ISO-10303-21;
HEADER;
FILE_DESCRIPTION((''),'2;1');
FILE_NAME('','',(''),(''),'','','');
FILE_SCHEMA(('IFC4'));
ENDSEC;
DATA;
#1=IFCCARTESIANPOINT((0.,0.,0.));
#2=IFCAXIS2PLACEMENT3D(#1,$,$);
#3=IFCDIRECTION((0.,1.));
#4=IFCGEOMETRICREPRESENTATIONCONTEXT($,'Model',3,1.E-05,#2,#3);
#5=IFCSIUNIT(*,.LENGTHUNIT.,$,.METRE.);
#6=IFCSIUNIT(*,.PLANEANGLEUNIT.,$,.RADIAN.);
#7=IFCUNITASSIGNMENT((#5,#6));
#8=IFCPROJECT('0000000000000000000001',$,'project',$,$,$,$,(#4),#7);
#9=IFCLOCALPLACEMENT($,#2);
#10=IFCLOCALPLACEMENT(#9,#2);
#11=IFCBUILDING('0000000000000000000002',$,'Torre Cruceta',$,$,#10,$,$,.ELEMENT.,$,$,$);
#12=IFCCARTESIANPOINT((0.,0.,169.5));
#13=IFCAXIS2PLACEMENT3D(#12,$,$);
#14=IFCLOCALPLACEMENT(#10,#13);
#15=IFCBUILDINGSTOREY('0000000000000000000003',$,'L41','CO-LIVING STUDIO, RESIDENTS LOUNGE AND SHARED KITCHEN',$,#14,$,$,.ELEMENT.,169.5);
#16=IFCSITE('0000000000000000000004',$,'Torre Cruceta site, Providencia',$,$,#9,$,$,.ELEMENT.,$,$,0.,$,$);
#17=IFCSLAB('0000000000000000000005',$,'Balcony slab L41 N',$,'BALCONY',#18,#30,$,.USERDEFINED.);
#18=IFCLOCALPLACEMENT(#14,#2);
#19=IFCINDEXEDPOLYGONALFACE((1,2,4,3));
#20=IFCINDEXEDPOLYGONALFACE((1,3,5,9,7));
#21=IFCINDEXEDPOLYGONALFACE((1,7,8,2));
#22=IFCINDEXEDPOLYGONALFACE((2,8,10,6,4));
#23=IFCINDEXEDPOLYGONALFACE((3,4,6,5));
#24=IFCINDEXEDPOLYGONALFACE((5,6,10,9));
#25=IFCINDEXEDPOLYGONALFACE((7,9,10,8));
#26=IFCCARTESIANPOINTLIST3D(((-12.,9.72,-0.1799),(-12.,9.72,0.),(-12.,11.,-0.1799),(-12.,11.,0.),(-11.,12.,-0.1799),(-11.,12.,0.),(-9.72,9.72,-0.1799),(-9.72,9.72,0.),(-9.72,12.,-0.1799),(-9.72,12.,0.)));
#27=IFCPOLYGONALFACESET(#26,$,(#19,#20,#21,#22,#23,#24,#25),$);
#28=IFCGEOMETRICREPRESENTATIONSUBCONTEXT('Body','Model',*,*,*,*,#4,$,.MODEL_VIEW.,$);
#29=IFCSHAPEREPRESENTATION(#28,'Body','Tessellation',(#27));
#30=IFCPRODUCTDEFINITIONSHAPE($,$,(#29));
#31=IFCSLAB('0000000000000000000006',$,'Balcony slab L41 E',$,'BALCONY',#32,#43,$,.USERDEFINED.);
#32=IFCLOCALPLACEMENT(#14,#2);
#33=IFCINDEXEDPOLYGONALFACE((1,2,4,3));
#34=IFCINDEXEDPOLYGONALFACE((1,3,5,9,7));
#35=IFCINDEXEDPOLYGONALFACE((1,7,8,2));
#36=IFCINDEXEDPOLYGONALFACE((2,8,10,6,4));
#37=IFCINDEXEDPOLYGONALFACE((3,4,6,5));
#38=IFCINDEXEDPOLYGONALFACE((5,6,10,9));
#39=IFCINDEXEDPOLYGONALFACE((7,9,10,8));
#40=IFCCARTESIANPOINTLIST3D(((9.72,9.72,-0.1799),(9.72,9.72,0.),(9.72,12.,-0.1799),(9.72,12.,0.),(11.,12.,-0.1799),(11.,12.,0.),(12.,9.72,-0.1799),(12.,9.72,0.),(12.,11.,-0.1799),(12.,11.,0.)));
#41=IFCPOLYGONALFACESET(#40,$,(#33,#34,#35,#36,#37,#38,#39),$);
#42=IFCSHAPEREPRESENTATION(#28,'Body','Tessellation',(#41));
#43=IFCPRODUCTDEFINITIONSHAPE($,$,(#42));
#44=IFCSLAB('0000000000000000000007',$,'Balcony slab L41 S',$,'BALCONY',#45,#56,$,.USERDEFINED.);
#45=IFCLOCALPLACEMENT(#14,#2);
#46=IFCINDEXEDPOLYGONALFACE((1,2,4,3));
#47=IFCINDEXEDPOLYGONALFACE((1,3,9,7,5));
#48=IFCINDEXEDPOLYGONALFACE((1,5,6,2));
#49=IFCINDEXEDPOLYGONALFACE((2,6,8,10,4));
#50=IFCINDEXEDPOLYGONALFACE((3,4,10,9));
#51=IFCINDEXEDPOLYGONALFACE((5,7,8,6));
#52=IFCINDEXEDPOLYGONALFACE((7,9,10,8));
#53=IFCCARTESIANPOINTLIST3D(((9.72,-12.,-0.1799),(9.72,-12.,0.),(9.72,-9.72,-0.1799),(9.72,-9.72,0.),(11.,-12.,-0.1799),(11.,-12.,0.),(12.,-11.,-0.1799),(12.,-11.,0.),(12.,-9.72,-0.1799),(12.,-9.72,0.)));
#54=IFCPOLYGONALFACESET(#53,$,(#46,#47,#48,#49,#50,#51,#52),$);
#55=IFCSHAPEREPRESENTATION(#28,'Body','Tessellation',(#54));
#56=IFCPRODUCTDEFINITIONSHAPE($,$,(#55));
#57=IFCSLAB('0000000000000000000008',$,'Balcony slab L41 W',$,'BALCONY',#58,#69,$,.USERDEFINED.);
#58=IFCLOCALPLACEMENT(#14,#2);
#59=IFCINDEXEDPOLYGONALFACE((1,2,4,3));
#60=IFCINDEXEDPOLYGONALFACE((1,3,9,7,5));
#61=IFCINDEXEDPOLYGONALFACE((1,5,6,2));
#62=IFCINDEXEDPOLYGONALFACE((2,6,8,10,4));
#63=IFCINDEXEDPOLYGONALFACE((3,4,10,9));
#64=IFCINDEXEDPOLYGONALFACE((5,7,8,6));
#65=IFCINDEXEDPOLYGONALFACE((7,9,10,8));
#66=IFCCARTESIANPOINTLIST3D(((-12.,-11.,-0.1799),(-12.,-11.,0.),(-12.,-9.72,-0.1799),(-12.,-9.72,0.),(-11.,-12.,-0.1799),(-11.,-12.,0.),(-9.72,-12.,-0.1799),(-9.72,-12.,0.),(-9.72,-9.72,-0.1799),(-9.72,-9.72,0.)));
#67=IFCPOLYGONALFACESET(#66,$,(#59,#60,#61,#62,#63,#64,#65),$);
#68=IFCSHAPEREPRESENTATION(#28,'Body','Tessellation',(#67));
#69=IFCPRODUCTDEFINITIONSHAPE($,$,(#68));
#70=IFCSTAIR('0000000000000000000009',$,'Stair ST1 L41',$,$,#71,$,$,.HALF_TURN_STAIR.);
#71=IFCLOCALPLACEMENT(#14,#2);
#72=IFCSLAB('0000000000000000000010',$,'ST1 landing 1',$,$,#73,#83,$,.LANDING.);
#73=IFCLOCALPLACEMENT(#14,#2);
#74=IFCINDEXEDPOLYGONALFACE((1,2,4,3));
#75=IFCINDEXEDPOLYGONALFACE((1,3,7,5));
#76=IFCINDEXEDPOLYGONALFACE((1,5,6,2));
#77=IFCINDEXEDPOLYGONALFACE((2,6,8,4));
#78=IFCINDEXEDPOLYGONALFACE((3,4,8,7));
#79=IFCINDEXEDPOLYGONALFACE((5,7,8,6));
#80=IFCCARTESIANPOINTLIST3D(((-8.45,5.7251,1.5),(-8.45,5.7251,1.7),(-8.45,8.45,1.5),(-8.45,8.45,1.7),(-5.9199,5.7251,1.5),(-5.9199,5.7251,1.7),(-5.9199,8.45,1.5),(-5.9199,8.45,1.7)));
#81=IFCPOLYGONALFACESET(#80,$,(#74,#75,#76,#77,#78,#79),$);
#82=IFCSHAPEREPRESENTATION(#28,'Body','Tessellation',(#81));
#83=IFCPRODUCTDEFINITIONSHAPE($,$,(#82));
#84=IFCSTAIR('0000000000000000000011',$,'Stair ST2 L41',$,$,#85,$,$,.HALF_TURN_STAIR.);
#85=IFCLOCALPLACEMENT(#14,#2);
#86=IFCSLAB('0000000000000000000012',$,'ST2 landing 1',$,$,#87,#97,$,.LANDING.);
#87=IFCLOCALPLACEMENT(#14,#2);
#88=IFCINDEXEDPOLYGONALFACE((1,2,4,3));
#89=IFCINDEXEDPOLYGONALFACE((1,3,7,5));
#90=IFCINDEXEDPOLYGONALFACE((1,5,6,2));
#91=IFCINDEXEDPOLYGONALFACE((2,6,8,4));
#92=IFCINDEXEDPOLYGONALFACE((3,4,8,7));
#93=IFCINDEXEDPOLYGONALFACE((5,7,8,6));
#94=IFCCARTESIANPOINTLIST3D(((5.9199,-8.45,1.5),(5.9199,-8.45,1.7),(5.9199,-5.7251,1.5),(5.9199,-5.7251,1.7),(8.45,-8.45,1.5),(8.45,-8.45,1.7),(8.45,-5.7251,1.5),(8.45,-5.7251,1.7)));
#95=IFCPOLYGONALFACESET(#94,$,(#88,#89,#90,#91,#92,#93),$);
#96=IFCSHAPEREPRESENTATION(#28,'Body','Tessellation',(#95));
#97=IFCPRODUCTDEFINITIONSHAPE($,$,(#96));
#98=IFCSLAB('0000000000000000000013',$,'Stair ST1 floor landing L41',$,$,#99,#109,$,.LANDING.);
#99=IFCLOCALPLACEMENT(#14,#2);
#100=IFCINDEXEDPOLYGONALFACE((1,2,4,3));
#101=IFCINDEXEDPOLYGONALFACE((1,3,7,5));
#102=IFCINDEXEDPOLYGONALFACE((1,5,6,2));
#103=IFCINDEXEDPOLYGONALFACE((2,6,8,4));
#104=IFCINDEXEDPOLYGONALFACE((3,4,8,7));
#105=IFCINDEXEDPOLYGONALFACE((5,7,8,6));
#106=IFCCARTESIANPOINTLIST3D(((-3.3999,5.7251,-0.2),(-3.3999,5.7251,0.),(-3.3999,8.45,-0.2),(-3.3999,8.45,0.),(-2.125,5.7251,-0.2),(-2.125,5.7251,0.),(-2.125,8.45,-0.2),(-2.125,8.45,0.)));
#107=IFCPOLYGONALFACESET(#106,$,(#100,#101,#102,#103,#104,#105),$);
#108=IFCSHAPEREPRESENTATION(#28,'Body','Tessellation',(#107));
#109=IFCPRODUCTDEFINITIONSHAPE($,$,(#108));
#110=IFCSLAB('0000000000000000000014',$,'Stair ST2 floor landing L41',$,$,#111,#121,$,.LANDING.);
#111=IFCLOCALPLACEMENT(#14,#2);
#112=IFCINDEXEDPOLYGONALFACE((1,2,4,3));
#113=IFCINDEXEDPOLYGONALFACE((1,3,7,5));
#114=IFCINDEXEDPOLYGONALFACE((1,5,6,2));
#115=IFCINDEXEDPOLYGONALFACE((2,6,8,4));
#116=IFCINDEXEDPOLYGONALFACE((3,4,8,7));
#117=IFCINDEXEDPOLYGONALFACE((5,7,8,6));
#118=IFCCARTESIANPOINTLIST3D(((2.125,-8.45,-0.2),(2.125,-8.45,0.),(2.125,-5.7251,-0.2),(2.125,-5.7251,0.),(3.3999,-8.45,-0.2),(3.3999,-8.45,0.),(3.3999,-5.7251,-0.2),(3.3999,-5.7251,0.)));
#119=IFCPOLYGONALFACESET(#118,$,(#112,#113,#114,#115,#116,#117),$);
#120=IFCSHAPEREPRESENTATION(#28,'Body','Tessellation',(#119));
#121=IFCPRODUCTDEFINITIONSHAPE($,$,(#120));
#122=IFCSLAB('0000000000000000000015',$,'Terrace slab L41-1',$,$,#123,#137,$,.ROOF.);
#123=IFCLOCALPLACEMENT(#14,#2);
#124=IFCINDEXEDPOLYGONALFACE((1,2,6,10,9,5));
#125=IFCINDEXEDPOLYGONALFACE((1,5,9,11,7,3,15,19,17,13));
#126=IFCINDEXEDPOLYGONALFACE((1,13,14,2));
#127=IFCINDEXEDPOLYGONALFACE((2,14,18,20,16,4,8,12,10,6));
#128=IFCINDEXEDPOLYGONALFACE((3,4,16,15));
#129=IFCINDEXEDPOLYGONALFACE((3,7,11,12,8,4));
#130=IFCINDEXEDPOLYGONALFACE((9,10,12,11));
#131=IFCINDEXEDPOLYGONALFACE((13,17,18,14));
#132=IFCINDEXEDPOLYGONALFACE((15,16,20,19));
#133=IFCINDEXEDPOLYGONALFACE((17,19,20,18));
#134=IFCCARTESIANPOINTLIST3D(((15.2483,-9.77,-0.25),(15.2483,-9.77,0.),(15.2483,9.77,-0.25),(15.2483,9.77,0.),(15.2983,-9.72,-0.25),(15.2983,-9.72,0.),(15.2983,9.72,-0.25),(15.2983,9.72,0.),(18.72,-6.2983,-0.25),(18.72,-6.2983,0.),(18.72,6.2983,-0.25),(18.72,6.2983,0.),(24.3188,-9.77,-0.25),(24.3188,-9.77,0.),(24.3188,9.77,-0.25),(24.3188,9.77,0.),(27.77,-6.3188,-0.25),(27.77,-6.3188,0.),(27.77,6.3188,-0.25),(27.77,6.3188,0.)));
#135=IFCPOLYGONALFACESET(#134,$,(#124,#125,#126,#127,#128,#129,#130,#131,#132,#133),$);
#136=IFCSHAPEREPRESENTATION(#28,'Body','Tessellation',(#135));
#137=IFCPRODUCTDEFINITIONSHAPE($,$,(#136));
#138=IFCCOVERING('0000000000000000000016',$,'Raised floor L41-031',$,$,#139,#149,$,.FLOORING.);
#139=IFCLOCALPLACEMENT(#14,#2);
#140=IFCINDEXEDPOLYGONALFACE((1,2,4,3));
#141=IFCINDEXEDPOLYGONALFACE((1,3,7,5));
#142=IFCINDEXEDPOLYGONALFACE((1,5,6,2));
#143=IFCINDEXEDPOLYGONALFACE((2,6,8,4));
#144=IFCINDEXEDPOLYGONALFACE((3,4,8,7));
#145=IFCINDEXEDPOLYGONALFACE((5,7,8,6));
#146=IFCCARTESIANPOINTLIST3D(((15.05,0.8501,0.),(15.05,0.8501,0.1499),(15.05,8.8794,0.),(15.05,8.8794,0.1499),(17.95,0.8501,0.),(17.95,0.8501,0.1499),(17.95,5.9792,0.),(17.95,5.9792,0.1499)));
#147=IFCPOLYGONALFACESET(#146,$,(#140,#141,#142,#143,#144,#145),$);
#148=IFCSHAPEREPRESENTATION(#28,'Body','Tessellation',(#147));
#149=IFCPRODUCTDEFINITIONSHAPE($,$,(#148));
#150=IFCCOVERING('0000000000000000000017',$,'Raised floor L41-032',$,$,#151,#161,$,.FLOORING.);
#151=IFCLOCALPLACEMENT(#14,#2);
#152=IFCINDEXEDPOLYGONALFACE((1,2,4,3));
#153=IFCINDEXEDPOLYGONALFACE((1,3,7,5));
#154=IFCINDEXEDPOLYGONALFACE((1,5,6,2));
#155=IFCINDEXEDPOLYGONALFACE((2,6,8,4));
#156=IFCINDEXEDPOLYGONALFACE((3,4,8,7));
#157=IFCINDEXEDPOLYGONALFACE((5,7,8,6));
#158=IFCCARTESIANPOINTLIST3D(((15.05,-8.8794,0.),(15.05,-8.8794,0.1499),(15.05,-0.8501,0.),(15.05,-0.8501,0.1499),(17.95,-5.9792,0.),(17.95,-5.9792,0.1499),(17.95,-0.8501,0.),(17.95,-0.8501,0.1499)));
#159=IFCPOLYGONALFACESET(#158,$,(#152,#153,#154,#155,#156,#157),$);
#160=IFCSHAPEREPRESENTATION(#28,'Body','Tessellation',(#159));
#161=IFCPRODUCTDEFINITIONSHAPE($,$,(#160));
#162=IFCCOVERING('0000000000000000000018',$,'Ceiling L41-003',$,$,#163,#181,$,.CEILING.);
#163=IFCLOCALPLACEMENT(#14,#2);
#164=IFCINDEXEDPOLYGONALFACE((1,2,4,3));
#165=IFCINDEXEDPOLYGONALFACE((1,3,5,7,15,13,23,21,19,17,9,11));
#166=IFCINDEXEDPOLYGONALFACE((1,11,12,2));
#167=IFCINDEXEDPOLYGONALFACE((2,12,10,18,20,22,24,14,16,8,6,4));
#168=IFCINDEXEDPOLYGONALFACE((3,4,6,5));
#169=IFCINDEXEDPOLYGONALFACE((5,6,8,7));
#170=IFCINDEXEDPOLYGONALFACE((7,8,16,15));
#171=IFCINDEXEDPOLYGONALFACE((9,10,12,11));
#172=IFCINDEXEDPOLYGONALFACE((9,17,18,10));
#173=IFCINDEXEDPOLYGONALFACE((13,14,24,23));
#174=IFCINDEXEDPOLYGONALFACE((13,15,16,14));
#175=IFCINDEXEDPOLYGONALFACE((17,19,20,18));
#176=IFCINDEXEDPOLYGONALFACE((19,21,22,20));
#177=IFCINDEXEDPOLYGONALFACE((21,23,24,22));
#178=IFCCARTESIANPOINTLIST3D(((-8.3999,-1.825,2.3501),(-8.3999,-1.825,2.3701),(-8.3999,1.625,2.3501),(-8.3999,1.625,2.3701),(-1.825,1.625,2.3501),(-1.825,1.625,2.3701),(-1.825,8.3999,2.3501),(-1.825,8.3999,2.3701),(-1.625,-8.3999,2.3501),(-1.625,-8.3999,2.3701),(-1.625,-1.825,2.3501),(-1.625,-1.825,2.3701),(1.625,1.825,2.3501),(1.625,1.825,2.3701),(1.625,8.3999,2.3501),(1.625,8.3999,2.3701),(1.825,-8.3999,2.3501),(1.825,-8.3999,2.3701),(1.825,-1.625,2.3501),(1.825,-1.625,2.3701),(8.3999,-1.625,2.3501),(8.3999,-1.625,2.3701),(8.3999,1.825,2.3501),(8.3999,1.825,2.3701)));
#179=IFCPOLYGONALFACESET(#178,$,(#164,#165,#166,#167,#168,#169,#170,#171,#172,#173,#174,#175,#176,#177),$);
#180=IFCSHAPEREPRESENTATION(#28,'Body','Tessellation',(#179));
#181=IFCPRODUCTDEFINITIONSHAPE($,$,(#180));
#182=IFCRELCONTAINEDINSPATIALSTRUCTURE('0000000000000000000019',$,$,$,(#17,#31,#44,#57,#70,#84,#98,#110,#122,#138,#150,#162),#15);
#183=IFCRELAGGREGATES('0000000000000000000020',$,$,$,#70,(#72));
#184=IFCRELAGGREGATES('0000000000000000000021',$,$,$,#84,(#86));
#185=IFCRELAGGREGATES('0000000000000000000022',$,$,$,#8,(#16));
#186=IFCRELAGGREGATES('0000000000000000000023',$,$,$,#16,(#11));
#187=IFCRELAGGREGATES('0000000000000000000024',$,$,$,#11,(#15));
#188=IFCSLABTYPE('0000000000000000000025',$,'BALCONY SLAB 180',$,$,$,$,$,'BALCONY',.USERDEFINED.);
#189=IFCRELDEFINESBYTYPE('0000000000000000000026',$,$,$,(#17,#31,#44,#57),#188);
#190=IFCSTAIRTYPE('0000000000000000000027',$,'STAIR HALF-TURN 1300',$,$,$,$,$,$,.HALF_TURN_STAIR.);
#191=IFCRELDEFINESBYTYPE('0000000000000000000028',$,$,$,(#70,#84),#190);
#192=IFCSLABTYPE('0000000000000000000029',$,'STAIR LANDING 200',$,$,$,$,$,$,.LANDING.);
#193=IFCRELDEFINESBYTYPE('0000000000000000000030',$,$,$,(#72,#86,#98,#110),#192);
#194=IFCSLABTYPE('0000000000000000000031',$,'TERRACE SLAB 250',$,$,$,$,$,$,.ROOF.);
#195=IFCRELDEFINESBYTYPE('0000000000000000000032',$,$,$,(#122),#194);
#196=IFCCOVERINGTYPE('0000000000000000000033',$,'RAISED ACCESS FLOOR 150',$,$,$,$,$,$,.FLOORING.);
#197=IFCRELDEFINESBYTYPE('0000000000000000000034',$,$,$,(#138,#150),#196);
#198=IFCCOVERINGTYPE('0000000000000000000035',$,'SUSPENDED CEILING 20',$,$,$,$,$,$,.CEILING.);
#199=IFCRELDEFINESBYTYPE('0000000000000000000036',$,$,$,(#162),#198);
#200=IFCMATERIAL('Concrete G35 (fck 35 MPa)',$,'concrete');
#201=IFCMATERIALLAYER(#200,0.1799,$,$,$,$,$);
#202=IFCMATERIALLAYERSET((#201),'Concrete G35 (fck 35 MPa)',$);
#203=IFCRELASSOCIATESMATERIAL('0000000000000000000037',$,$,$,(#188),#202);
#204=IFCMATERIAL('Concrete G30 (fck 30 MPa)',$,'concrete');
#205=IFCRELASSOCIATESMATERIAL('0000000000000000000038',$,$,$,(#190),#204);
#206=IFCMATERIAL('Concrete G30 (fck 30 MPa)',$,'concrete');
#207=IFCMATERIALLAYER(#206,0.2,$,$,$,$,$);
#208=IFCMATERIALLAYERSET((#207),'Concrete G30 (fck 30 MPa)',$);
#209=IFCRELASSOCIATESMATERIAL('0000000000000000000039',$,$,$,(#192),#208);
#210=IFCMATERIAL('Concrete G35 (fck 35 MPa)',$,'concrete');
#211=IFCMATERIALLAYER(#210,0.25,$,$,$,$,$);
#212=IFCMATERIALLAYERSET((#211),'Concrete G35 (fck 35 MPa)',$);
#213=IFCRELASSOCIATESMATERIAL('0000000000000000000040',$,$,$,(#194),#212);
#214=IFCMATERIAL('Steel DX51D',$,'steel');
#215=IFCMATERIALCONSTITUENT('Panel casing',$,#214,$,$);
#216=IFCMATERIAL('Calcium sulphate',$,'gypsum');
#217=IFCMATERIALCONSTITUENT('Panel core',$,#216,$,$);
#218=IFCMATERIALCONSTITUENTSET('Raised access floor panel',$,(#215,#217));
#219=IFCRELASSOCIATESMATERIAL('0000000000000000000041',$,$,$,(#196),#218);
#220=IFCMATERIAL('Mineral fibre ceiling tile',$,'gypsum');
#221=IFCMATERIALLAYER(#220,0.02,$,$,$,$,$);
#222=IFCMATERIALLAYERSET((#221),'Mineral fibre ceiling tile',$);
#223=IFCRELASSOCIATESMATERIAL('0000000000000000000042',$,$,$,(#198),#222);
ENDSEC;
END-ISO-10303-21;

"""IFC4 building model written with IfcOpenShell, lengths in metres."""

from ifc_helpers import new_model, si_unit, direction, frame, origin, place, context, subcontext, project, spatial, polyline, outline, extrude, material, layer, layer_set, constituent, constituent_set, type_object, element, aggregate, save


model = new_model("IFC4")

# Units and contexts
model_context = context("Model", 3, precision=1e-05, world=origin(), true_north=direction((0.0, 1.0)))
body_context = subcontext(model_context, "Body", "Model", "MODEL_VIEW")
ifc_project = project(units=[si_unit("LENGTHUNIT", "METRE"), si_unit("PLANEANGLEUNIT", "RADIAN")], contexts=[model_context])

# Site, building, storey
site_placement = place(None, origin())
site = spatial("IfcSite", under=ifc_project, at=site_placement, Name="Torre Cruceta site, Providencia", CompositionType="ELEMENT", RefElevation=0.0)
building_placement = place(site_placement, origin())
building = spatial("IfcBuilding", under=site, at=building_placement, Name="Torre Cruceta", CompositionType="ELEMENT")
storey_placement = place(building_placement, frame((0.0, 0.0, 169.5)))
storey = spatial("IfcBuildingStorey", under=building, at=storey_placement, Name="L41", Description="CO-LIVING STUDIO, RESIDENTS LOUNGE AND SHARED KITCHEN", CompositionType="ELEMENT", Elevation=169.5)

# Slabs
ifc_material_1 = material(Name="Concrete G35 (fck 35 MPa)", Category="concrete")
ifc_layer_1 = layer(ifc_material_1, 0.1799)
ifc_layer_set_1 = layer_set([ifc_layer_1], Name="Concrete G35 (fck 35 MPa)")
slab_type_1 = type_object("IfcSlabType", Name="BALCONY SLAB 180", ElementType="BALCONY", PredefinedType="USERDEFINED", material=ifc_layer_set_1)
slab_1_placement = place(storey_placement, frame((0.0, 0.0, -0.1799)))
element("IfcSlab", 1, at=slab_1_placement, inside=storey, type_object=slab_type_1, Name="Balcony slab L41 N", ObjectType="BALCONY", PredefinedType="USERDEFINED", context=body_context, shape_type="SweptSolid", body=[
    extrude(outline(polyline([(-12.0, 11.0), (-11.0, 12.0), (-9.72, 12.0), (-9.72, 9.72), (-12.0, 9.72), (-12.0, 11.0)])), origin(), (0.0, 0.0, 1.0), 0.1799),
])
slab_2_placement = place(storey_placement, frame((0.0, 0.0, -0.1799)))
element("IfcSlab", 2, at=slab_2_placement, inside=storey, type_object=slab_type_1, Name="Balcony slab L41 E", ObjectType="BALCONY", PredefinedType="USERDEFINED", context=body_context, shape_type="SweptSolid", body=[
    extrude(outline(polyline([(11.0, 12.0), (12.0, 11.0), (12.0, 9.72), (9.72, 9.72), (9.72, 12.0), (11.0, 12.0)])), origin(), (0.0, 0.0, 1.0), 0.1799),
])
slab_3_placement = place(storey_placement, frame((0.0, 0.0, -0.1799)))
element("IfcSlab", 3, at=slab_3_placement, inside=storey, type_object=slab_type_1, Name="Balcony slab L41 S", ObjectType="BALCONY", PredefinedType="USERDEFINED", context=body_context, shape_type="SweptSolid", body=[
    extrude(outline(polyline([(12.0, -11.0), (11.0, -12.0), (9.72, -12.0), (9.72, -9.72), (12.0, -9.72), (12.0, -11.0)])), origin(), (0.0, 0.0, 1.0), 0.1799),
])
slab_4_placement = place(storey_placement, frame((0.0, 0.0, -0.1799)))
element("IfcSlab", 4, at=slab_4_placement, inside=storey, type_object=slab_type_1, Name="Balcony slab L41 W", ObjectType="BALCONY", PredefinedType="USERDEFINED", context=body_context, shape_type="SweptSolid", body=[
    extrude(outline(polyline([(-11.0, -12.0), (-12.0, -11.0), (-12.0, -9.72), (-9.72, -9.72), (-9.72, -12.0), (-11.0, -12.0)])), origin(), (0.0, 0.0, 1.0), 0.1799),
])

# Stairs, slabs
ifc_material_2 = material(Name="Concrete G30 (fck 30 MPa)", Category="concrete")
stair_type = type_object("IfcStairType", Name="STAIR HALF-TURN 1300", PredefinedType="HALF_TURN_STAIR", material=ifc_material_2)
stair_1_placement = place(storey_placement, origin())
stair_1 = element("IfcStair", 5, at=stair_1_placement, inside=storey, type_object=stair_type, Name="Stair ST1 L41", PredefinedType="HALF_TURN_STAIR")
ifc_material_3 = material(Name="Concrete G30 (fck 30 MPa)", Category="concrete")
ifc_layer_2 = layer(ifc_material_3, 0.2)
ifc_layer_set_2 = layer_set([ifc_layer_2], Name="Concrete G30 (fck 30 MPa)")
slab_type_2 = type_object("IfcSlabType", Name="STAIR LANDING 200", PredefinedType="LANDING", material=ifc_layer_set_2)
slab_5_placement = place(storey_placement, frame((0.0, 0.0, 1.5)))
slab_5 = element("IfcSlab", 6, at=slab_5_placement, type_object=slab_type_2, Name="ST1 landing 1", PredefinedType="LANDING", context=body_context, shape_type="SweptSolid", body=[
    extrude(outline(polyline([(-8.45, 5.7251), (-5.9199, 5.7251), (-5.9199, 8.45), (-8.45, 8.45), (-8.45, 5.7251)])), origin(), (0.0, 0.0, 1.0), 0.2),
])
aggregate(stair_1, [slab_5])
stair_2_placement = place(storey_placement, origin())
stair_2 = element("IfcStair", 7, at=stair_2_placement, inside=storey, type_object=stair_type, Name="Stair ST2 L41", PredefinedType="HALF_TURN_STAIR")
slab_6_placement = place(storey_placement, frame((0.0, 0.0, 1.5)))
slab_6 = element("IfcSlab", 8, at=slab_6_placement, type_object=slab_type_2, Name="ST2 landing 1", PredefinedType="LANDING", context=body_context, shape_type="SweptSolid", body=[
    extrude(outline(polyline([(5.9199, -8.45), (8.45, -8.45), (8.45, -5.7251), (5.9199, -5.7251), (5.9199, -8.45)])), origin(), (0.0, 0.0, 1.0), 0.2),
])
aggregate(stair_2, [slab_6])

# Slabs
slab_7_placement = place(storey_placement, frame((0.0, 0.0, -0.2)))
element("IfcSlab", 9, at=slab_7_placement, inside=storey, type_object=slab_type_2, Name="Stair ST1 floor landing L41", PredefinedType="LANDING", context=body_context, shape_type="SweptSolid", body=[
    extrude(outline(polyline([(-2.125, 8.45), (-2.125, 5.7251), (-3.3999, 5.7251), (-3.3999, 8.45), (-2.125, 8.45)])), origin(), (0.0, 0.0, 1.0), 0.2),
])
slab_8_placement = place(storey_placement, frame((0.0, 0.0, -0.2)))
element("IfcSlab", 10, at=slab_8_placement, inside=storey, type_object=slab_type_2, Name="Stair ST2 floor landing L41", PredefinedType="LANDING", context=body_context, shape_type="SweptSolid", body=[
    extrude(outline(polyline([(2.125, -8.45), (2.125, -5.7251), (3.3999, -5.7251), (3.3999, -8.45), (2.125, -8.45)])), origin(), (0.0, 0.0, 1.0), 0.2),
])
ifc_material_4 = material(Name="Concrete G35 (fck 35 MPa)", Category="concrete")
ifc_layer_3 = layer(ifc_material_4, 0.25)
ifc_layer_set_3 = layer_set([ifc_layer_3], Name="Concrete G35 (fck 35 MPa)")
slab_type_3 = type_object("IfcSlabType", Name="TERRACE SLAB 250", PredefinedType="ROOF", material=ifc_layer_set_3)
slab_9_placement = place(storey_placement, frame((0.0, 0.0, -0.25)))
element("IfcSlab", 11, at=slab_9_placement, inside=storey, type_object=slab_type_3, Name="Terrace slab L41-1", PredefinedType="ROOF", context=body_context, shape_type="SweptSolid", body=[
    extrude(outline(polyline([(24.3188, 9.77), (27.77, 6.3188), (27.77, -6.3188), (24.3188, -9.77), (15.2483, -9.77), (15.2983, -9.72), (18.72, -6.2983), (18.72, 6.2983), (15.2983, 9.72), (15.2483, 9.77), (24.3188, 9.77)])), origin(), (0.0, 0.0, 1.0), 0.25),
])

# Coverings
ifc_material_5 = material(Name="Steel DX51D", Category="steel")
ifc_constituent_1 = constituent(ifc_material_5, Name="Panel casing")
ifc_material_6 = material(Name="Calcium sulphate", Category="gypsum")
ifc_constituent_2 = constituent(ifc_material_6, Name="Panel core")
ifc_constituent_set = constituent_set(constituents=[ifc_constituent_1, ifc_constituent_2], Name="Raised access floor panel")
covering_type_1 = type_object("IfcCoveringType", Name="RAISED ACCESS FLOOR 150", PredefinedType="FLOORING", material=ifc_constituent_set)
covering_1_placement = place(storey_placement, origin())
element("IfcCovering", 12, at=covering_1_placement, inside=storey, type_object=covering_type_1, Name="Raised floor L41-031", PredefinedType="FLOORING", context=body_context, shape_type="SweptSolid", body=[
    extrude(outline(polyline([(17.95, 5.9792), (17.95, 0.8501), (15.05, 0.8501), (15.05, 8.8794), (17.95, 5.9792)])), origin(), (0.0, 0.0, 1.0), 0.1499),
])
covering_2_placement = place(storey_placement, origin())
element("IfcCovering", 13, at=covering_2_placement, inside=storey, type_object=covering_type_1, Name="Raised floor L41-032", PredefinedType="FLOORING", context=body_context, shape_type="SweptSolid", body=[
    extrude(outline(polyline([(15.05, -8.8794), (15.05, -0.8501), (17.95, -0.8501), (17.95, -5.9792), (15.05, -8.8794)])), origin(), (0.0, 0.0, 1.0), 0.1499),
])
ifc_material_7 = material(Name="Mineral fibre ceiling tile", Category="gypsum")
ifc_layer_4 = layer(ifc_material_7, 0.02)
ifc_layer_set_4 = layer_set([ifc_layer_4], Name="Mineral fibre ceiling tile")
covering_type_2 = type_object("IfcCoveringType", Name="SUSPENDED CEILING 20", PredefinedType="CEILING", material=ifc_layer_set_4)
covering_3_placement = place(storey_placement, frame((0.0, 0.0, 2.3501)))
element("IfcCovering", 14, at=covering_3_placement, inside=storey, type_object=covering_type_2, Name="Ceiling L41-003", PredefinedType="CEILING", context=body_context, shape_type="SweptSolid", body=[
    extrude(outline(polyline([(-1.625, -8.3999), (-1.625, -1.825), (-8.3999, -1.825), (-8.3999, 1.625), (-1.825, 1.625), (-1.825, 8.3999), (1.625, 8.3999), (1.625, 1.825), (8.3999, 1.825), (8.3999, -1.625), (1.825, -1.625), (1.825, -8.3999), (-1.625, -8.3999)])), origin(), (0.0, 0.0, 1.0), 0.02),
])

save(model, "model.ifc")
